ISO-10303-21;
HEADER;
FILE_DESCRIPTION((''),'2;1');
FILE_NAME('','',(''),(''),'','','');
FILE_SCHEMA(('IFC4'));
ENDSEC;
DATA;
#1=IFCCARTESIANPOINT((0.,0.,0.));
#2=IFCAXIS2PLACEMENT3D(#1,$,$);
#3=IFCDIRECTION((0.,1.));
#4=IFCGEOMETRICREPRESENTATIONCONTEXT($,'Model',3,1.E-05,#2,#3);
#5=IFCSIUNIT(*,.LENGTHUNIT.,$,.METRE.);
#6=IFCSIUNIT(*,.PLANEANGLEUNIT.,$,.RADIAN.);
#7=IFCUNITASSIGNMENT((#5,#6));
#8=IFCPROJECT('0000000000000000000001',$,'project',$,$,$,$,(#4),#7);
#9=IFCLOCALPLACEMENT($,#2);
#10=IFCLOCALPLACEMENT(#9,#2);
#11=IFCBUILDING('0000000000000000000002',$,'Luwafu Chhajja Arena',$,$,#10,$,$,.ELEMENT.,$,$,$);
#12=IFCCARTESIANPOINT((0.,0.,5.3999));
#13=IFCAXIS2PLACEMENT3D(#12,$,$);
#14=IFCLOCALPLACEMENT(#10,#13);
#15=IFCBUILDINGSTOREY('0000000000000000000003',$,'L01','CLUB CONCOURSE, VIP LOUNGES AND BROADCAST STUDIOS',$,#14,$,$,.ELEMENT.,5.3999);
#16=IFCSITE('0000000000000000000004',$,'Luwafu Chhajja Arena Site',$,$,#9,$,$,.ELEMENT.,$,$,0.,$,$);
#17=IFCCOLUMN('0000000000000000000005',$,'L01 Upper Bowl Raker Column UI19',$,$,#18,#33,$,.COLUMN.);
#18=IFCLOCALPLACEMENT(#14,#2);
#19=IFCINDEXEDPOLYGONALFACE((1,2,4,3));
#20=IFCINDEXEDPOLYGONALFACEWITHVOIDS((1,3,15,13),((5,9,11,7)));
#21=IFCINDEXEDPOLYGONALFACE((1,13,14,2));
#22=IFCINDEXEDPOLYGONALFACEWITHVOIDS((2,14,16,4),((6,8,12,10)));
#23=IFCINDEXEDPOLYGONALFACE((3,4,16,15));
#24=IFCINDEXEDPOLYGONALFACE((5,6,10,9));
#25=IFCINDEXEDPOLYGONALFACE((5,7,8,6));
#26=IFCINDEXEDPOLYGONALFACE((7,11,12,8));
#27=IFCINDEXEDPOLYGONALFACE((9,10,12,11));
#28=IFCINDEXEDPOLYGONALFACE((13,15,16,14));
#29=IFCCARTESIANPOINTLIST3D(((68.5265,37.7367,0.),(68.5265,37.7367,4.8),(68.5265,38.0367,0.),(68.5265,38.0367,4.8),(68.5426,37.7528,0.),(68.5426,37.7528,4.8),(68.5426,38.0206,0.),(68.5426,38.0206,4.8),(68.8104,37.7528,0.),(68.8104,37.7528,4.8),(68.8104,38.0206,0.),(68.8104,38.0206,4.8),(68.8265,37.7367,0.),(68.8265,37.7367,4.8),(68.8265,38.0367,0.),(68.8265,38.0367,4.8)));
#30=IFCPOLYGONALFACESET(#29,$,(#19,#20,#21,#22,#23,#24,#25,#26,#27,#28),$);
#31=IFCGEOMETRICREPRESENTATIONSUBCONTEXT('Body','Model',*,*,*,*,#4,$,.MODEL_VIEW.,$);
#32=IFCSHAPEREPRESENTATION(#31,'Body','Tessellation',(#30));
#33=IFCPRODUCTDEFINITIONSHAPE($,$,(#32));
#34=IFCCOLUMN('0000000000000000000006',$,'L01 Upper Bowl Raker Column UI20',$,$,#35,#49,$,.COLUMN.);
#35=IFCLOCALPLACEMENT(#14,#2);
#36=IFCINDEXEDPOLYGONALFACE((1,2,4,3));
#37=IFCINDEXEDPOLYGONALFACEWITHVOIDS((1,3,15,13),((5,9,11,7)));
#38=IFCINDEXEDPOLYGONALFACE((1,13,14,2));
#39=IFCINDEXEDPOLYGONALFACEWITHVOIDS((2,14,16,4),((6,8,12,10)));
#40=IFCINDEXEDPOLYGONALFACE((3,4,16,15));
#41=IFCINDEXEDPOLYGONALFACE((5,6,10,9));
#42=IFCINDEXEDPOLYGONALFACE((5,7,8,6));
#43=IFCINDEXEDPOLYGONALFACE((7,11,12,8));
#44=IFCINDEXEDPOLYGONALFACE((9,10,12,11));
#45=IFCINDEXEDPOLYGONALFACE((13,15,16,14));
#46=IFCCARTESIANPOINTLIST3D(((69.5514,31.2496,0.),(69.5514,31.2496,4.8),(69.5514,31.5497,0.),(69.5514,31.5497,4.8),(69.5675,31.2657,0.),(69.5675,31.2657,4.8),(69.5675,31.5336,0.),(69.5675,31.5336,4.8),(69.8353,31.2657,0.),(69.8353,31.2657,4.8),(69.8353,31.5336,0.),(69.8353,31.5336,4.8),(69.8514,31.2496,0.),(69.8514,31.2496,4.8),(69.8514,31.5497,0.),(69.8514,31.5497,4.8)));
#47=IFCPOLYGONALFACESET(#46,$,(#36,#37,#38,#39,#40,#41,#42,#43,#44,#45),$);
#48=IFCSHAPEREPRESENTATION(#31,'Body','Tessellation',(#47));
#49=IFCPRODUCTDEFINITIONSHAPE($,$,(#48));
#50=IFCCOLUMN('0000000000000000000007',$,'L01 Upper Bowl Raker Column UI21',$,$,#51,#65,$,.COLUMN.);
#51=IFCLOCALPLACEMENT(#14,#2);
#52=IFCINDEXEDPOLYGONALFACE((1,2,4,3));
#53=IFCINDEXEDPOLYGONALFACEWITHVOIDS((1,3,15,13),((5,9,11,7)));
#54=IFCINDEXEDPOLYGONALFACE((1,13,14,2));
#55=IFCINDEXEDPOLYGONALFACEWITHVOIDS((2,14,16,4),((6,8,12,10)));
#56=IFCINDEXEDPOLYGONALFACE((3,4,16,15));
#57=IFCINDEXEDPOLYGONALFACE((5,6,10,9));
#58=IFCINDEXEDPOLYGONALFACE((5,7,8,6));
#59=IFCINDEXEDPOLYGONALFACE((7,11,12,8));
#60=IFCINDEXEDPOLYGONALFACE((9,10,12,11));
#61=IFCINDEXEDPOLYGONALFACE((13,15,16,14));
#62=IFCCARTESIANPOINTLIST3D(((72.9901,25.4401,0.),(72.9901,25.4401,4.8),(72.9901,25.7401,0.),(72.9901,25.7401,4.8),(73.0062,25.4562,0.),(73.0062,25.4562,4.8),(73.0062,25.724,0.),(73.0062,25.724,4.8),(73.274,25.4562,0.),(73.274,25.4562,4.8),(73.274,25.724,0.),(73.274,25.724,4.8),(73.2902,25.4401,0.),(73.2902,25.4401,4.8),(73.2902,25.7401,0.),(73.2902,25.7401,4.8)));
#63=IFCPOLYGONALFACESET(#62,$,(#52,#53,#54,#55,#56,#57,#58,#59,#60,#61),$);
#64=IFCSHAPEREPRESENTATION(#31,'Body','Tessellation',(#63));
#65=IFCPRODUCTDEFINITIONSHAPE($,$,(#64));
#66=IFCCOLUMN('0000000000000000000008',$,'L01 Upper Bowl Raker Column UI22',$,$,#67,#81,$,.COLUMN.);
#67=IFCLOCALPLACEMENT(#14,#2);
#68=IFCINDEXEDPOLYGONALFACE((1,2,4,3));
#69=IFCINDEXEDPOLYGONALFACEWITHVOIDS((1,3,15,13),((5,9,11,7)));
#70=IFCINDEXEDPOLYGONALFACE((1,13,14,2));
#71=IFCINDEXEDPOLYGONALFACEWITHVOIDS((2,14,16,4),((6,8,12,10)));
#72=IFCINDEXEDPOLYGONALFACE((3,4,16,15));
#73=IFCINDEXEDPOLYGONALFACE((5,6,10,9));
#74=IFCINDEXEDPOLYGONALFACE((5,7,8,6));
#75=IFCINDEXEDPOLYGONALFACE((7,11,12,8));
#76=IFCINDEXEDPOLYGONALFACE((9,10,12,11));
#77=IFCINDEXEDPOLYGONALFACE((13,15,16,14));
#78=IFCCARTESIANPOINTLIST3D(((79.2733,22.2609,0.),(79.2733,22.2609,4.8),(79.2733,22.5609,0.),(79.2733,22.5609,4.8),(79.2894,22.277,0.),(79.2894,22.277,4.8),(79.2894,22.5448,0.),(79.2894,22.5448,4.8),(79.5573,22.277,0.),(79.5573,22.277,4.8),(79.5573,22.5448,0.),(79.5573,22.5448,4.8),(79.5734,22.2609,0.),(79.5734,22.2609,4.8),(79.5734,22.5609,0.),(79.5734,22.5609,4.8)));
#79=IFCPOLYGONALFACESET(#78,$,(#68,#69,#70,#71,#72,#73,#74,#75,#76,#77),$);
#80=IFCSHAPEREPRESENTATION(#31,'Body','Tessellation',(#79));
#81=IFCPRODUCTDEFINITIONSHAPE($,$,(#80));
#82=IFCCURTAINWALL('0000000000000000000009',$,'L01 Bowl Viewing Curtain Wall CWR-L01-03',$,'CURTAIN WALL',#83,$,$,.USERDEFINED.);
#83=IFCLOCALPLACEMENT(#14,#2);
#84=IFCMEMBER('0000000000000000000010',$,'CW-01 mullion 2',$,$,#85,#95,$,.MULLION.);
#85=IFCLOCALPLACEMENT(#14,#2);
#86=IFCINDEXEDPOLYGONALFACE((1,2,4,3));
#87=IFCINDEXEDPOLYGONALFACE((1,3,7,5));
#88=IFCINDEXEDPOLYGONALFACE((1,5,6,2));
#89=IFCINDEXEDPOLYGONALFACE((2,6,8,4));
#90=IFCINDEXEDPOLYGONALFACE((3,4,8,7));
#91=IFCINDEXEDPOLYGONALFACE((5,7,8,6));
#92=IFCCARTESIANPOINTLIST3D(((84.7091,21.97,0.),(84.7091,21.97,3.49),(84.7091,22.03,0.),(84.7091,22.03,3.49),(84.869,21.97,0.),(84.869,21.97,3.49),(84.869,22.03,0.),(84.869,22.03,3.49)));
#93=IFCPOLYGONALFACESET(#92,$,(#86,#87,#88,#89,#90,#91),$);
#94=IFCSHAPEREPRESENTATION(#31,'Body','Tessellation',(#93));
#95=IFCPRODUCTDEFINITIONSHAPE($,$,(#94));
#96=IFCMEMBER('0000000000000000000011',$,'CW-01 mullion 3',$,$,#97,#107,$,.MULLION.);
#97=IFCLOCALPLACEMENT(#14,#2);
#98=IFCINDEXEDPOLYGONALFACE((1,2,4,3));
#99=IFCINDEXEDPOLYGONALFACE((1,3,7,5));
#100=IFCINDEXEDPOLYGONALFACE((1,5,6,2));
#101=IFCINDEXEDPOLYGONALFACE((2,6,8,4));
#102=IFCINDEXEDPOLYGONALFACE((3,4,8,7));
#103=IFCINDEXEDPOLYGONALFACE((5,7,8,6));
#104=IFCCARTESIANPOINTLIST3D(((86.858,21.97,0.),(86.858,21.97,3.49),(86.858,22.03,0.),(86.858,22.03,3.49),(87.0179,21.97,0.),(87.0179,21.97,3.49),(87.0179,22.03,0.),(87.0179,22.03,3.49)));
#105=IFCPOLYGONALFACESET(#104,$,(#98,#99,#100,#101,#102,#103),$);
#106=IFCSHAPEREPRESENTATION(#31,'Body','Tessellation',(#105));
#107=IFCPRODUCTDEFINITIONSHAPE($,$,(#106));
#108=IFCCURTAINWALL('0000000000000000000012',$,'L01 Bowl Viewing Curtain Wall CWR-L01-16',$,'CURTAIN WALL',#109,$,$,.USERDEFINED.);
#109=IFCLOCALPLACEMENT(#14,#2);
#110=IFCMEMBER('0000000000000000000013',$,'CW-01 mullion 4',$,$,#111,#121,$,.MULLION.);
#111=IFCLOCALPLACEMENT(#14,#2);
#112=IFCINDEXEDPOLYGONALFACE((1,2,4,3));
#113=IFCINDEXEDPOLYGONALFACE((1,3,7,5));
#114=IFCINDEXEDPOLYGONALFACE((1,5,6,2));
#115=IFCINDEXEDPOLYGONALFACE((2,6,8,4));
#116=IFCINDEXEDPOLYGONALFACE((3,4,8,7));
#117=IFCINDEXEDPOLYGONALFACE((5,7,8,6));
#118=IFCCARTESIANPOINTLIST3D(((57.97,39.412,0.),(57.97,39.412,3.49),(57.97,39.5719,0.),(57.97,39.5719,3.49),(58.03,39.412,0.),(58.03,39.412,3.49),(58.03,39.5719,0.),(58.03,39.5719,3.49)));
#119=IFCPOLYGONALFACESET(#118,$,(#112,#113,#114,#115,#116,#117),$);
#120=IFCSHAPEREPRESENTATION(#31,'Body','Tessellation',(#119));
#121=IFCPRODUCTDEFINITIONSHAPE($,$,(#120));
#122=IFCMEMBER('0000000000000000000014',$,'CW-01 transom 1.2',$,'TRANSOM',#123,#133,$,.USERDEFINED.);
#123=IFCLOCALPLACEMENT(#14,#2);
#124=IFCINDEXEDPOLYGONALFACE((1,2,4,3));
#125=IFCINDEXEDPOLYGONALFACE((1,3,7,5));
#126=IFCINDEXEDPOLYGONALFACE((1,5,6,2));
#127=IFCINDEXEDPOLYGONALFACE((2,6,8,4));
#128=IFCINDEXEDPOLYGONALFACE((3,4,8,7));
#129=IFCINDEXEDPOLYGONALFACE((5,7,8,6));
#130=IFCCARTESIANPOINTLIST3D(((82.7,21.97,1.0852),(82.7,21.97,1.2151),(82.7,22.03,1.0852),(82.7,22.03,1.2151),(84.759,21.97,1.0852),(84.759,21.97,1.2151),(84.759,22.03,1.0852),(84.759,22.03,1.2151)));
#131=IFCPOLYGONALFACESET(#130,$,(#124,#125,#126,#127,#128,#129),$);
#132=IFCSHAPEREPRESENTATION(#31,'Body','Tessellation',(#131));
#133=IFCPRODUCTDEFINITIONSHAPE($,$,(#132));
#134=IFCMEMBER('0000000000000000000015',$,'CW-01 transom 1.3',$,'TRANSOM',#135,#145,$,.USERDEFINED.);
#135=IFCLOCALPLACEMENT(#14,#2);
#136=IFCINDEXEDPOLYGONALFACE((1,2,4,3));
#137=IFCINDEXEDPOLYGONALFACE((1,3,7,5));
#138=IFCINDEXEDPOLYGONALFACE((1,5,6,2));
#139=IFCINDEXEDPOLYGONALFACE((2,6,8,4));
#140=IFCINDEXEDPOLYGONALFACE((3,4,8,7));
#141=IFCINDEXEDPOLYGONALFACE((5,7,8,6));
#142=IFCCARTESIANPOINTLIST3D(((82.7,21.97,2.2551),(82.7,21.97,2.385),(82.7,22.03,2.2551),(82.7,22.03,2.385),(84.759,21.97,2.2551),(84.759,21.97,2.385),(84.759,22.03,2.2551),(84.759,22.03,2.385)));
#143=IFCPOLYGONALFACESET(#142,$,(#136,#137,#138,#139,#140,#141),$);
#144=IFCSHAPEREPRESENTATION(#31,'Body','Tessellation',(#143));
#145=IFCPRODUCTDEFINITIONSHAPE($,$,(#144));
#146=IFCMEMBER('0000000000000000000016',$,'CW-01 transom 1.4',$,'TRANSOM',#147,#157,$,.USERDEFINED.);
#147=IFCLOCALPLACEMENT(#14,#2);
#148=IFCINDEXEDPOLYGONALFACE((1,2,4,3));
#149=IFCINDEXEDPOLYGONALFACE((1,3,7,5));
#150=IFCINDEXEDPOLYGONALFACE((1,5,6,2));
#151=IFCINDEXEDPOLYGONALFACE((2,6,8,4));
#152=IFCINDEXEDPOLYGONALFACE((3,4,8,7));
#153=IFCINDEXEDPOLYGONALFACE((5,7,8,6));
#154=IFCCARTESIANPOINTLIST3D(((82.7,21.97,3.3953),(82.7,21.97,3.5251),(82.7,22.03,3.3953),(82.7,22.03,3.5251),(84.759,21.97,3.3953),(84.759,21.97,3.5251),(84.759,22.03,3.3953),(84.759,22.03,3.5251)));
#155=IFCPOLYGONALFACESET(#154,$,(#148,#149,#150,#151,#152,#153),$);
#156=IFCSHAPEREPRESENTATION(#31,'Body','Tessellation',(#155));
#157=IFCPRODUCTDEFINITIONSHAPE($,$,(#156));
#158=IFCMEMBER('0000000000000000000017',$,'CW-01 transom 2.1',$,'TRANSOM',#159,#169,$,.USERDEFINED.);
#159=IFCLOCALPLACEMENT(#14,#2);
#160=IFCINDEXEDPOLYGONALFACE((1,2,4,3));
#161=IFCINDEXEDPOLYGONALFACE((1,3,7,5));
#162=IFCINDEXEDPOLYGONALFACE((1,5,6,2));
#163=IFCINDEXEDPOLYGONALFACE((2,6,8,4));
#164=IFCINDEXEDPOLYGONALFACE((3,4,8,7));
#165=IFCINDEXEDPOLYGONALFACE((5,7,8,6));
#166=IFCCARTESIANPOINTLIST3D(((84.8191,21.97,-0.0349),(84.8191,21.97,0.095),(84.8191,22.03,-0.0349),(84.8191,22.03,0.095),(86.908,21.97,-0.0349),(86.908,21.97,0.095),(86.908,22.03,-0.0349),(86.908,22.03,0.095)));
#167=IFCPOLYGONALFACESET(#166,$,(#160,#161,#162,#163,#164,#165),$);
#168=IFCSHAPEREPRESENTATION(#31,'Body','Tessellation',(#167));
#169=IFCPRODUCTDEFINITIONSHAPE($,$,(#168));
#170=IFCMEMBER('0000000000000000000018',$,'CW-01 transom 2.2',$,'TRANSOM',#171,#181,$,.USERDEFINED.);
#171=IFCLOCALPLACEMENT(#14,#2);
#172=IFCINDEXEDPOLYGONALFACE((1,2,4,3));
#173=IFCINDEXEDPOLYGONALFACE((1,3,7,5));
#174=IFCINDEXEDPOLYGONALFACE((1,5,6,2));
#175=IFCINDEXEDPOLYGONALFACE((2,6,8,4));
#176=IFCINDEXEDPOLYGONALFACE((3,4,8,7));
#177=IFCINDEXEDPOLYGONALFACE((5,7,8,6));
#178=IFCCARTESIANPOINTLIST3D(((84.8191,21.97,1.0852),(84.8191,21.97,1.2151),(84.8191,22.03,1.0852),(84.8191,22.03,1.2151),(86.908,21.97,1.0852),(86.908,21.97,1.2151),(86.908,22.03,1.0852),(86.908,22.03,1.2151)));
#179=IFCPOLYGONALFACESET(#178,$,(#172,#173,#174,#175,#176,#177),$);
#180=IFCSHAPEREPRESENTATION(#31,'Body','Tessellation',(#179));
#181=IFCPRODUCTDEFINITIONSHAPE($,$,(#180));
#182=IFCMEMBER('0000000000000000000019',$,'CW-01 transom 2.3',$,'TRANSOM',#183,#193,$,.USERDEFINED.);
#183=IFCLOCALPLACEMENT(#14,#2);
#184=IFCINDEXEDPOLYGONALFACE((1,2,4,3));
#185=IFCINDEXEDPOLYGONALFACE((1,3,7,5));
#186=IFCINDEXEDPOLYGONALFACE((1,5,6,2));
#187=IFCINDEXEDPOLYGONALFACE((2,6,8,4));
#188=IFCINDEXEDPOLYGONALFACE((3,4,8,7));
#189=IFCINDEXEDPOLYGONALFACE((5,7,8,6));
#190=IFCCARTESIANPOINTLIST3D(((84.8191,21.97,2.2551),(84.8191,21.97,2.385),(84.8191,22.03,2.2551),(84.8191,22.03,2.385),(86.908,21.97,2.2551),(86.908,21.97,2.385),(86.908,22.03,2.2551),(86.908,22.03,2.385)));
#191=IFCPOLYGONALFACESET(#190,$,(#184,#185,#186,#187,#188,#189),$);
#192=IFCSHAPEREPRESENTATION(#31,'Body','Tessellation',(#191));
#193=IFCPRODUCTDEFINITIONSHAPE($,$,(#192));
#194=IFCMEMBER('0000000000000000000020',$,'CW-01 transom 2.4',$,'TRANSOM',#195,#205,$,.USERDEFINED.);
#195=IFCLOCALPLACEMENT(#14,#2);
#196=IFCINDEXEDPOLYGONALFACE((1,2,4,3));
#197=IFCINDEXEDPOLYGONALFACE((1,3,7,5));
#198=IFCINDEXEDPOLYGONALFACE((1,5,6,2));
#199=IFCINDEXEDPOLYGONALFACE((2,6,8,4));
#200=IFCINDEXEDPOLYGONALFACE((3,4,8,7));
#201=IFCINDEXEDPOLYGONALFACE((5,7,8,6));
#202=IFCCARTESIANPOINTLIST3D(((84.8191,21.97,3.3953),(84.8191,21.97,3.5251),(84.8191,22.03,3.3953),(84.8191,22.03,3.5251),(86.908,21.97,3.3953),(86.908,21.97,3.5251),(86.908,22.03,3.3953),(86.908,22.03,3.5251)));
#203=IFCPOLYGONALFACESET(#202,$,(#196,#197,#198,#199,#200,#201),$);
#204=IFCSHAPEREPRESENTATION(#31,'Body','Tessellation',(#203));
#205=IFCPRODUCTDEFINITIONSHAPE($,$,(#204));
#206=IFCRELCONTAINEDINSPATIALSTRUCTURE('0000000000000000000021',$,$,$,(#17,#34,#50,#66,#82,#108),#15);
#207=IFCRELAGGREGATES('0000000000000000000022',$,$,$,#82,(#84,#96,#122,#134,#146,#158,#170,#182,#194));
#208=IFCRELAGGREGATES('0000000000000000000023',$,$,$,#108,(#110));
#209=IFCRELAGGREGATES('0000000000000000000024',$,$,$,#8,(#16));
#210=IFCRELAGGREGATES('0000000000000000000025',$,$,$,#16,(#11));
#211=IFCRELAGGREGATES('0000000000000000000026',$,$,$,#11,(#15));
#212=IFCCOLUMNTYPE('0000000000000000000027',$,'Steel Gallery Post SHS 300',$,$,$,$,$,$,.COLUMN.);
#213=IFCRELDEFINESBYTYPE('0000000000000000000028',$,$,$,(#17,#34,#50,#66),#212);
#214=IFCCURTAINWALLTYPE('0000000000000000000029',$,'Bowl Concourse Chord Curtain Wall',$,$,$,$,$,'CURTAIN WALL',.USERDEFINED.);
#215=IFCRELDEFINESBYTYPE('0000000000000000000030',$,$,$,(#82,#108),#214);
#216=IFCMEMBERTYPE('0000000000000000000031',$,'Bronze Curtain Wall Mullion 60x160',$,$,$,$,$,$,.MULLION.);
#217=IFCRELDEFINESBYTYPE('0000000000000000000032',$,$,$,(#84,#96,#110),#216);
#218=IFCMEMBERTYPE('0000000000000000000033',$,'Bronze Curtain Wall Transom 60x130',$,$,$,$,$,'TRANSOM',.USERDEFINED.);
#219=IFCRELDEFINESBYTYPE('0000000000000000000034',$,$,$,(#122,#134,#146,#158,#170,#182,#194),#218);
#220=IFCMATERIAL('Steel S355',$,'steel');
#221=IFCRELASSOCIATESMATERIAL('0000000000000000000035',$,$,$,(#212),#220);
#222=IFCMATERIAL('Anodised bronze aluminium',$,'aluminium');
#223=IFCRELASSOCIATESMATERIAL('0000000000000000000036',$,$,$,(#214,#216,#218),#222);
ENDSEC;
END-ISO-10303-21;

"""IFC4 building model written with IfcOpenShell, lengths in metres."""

from ifc_helpers import new_model, si_unit, direction, frame, origin, origin_2d, place, context, subcontext, project, spatial, rectangle, hollow_rectangle, extrude, material, material_profile, profile_set, type_object, element, aggregate, save


model = new_model("IFC4")

# Units and contexts
model_context = context("Model", 3, precision=1e-05, world=origin(), true_north=direction((0.0, 1.0)))
body_context = subcontext(model_context, "Body", "Model", "MODEL_VIEW")
ifc_project = project(units=[si_unit("LENGTHUNIT", "METRE"), si_unit("PLANEANGLEUNIT", "RADIAN")], contexts=[model_context])

# Site, building, storey
site_placement = place(None, origin())
site = spatial("IfcSite", under=ifc_project, at=site_placement, Name="Luwafu Chhajja Arena Site", CompositionType="ELEMENT", RefElevation=0.0)
building_placement = place(site_placement, origin())
building = spatial("IfcBuilding", under=site, at=building_placement, Name="Luwafu Chhajja Arena", CompositionType="ELEMENT")
storey_placement = place(building_placement, frame((0.0, 0.0, 5.3999)))
storey = spatial("IfcBuildingStorey", under=building, at=storey_placement, Name="L01", Description="CLUB CONCOURSE, VIP LOUNGES AND BROADCAST STUDIOS", CompositionType="ELEMENT", Elevation=5.3999)

# Columns
ifc_material_1 = material(Name="Steel S355", Category="steel")
ifc_material_profile_1 = material_profile(ifc_material_1, hollow_rectangle(XDim=0.3, YDim=0.3, WallThickness=0.0161, at=origin_2d()), Name="SHS 300x300x16")
ifc_profile_set_1 = profile_set([ifc_material_profile_1], Name="Steel S355")
column_type = type_object("IfcColumnType", Name="Steel Gallery Post SHS 300", PredefinedType="COLUMN", material=ifc_profile_set_1)
for number, where, z_axis, x_axis, name in (
    (1, (68.6765, 37.8867, 0.0), (0.0, 0.0, 1.0), (1.0, 0.0, 0.0), "L01 Upper Bowl Raker Column UI19"),
    (2, (69.7014, 31.3997, 0.0), (0.0, 0.0, 1.0), (1.0, 0.0, 0.0), "L01 Upper Bowl Raker Column UI20"),
    (3, (73.1401, 25.5901, 0.0), (0.0, 0.0, 1.0), (1.0, 0.0, 0.0), "L01 Upper Bowl Raker Column UI21"),
    (4, (79.4233, 22.4109, 0.0), (0.0, 0.0, 1.0), (1.0, 0.0, 0.0), "L01 Upper Bowl Raker Column UI22"),
):
    element("IfcColumn", number, at=place(storey_placement, frame(where, z_axis=z_axis, x_axis=x_axis)), inside=storey, type_object=column_type, Name=name, PredefinedType="COLUMN", context=body_context, shape_type="SweptSolid", body=[
        extrude(hollow_rectangle(XDim=0.3, YDim=0.3, WallThickness=0.0161, at=origin_2d()), origin(), (0.0, 0.0, 1.0), 4.8),
    ])

# Curtain wall, members
ifc_material_2 = material(Name="Anodised bronze aluminium", Category="aluminium")
curtain_wall_type = type_object("IfcCurtainWallType", Name="Bowl Concourse Chord Curtain Wall", ElementType="CURTAIN WALL", PredefinedType="USERDEFINED", material=ifc_material_2)
curtain_wall_1_placement = place(storey_placement, origin())
curtain_wall_1 = element("IfcCurtainWall", 5, at=curtain_wall_1_placement, inside=storey, type_object=curtain_wall_type, Name="L01 Bowl Viewing Curtain Wall CWR-L01-03", ObjectType="CURTAIN WALL", PredefinedType="USERDEFINED")
ifc_material_profile_2 = material_profile(ifc_material_2, rectangle(XDim=0.0601, YDim=0.1599, at=origin_2d()), Name="CWM 60x160")
ifc_profile_set_2 = profile_set([ifc_material_profile_2], Name="Anodised bronze aluminium")
member_type_1 = type_object("IfcMemberType", Name="Bronze Curtain Wall Mullion 60x160", PredefinedType="MULLION", material=ifc_profile_set_2)
member_1_placement = place(storey_placement, frame((84.7891, 22.0, 0.0), z_axis=(0.0, 0.0, 1.0), x_axis=(0.0, 1.0, 0.0)))
member_1 = element("IfcMember", 6, at=member_1_placement, type_object=member_type_1, Name="CW-01 mullion 2", PredefinedType="MULLION", context=body_context, shape_type="SweptSolid", body=[
    extrude(rectangle(XDim=0.0601, YDim=0.1599, at=origin_2d()), origin(), (0.0, 0.0, 1.0), 3.49),
])
member_2_placement = place(storey_placement, frame((86.938, 22.0, 0.0), z_axis=(0.0, 0.0, 1.0), x_axis=(0.0, 1.0, 0.0)))
member_2 = element("IfcMember", 7, at=member_2_placement, type_object=member_type_1, Name="CW-01 mullion 3", PredefinedType="MULLION", context=body_context, shape_type="SweptSolid", body=[
    extrude(rectangle(XDim=0.0601, YDim=0.1599, at=origin_2d()), origin(), (0.0, 0.0, 1.0), 3.49),
])

# Curtain wall, member
curtain_wall_2_placement = place(storey_placement, origin())
curtain_wall_2 = element("IfcCurtainWall", 8, at=curtain_wall_2_placement, inside=storey, type_object=curtain_wall_type, Name="L01 Bowl Viewing Curtain Wall CWR-L01-16", ObjectType="CURTAIN WALL", PredefinedType="USERDEFINED")
member_3_placement = place(storey_placement, frame((58.0, 39.4919, 0.0), z_axis=(0.0, 0.0, 1.0), x_axis=(-1.0, 0.0, 0.0)))
member_3 = element("IfcMember", 9, at=member_3_placement, type_object=member_type_1, Name="CW-01 mullion 4", PredefinedType="MULLION", context=body_context, shape_type="SweptSolid", body=[
    extrude(rectangle(XDim=0.0601, YDim=0.1599, at=origin_2d()), origin(), (0.0, 0.0, 1.0), 3.49),
])

# Members
ifc_material_profile_3 = material_profile(ifc_material_2, rectangle(XDim=0.0601, YDim=0.1299, at=origin_2d()), Name="CWT 60x130")
ifc_profile_set_3 = profile_set([ifc_material_profile_3], Name="Anodised bronze aluminium")
member_type_2 = type_object("IfcMemberType", Name="Bronze Curtain Wall Transom 60x130", ElementType="TRANSOM", PredefinedType="USERDEFINED", material=ifc_profile_set_3)
member_4_placement = place(storey_placement, frame((82.7, 22.0, 1.1501), z_axis=(1.0, 0.0, 0.0), x_axis=(0.0, 1.0, 0.0)))
member_4 = element("IfcMember", 10, at=member_4_placement, type_object=member_type_2, Name="CW-01 transom 1.2", ObjectType="TRANSOM", PredefinedType="USERDEFINED", context=body_context, shape_type="SweptSolid", body=[
    extrude(rectangle(XDim=0.0601, YDim=0.1299, at=origin_2d()), origin(), (0.0, 0.0, 1.0), 2.0591),
])
member_5_placement = place(storey_placement, frame((82.7, 22.0, 2.3201), z_axis=(1.0, 0.0, 0.0), x_axis=(0.0, 1.0, 0.0)))
member_5 = element("IfcMember", 11, at=member_5_placement, type_object=member_type_2, Name="CW-01 transom 1.3", ObjectType="TRANSOM", PredefinedType="USERDEFINED", context=body_context, shape_type="SweptSolid", body=[
    extrude(rectangle(XDim=0.0601, YDim=0.1299, at=origin_2d()), origin(), (0.0, 0.0, 1.0), 2.0591),
])
member_6_placement = place(storey_placement, frame((82.7, 22.0, 3.4602), z_axis=(1.0, 0.0, 0.0), x_axis=(0.0, 1.0, 0.0)))
member_6 = element("IfcMember", 12, at=member_6_placement, type_object=member_type_2, Name="CW-01 transom 1.4", ObjectType="TRANSOM", PredefinedType="USERDEFINED", context=body_context, shape_type="SweptSolid", body=[
    extrude(rectangle(XDim=0.0601, YDim=0.1299, at=origin_2d()), origin(), (0.0, 0.0, 1.0), 2.0591),
])
member_7_placement = place(storey_placement, frame((84.8191, 22.0, 0.03), z_axis=(1.0, 0.0, 0.0), x_axis=(0.0, 1.0, 0.0)))
member_7 = element("IfcMember", 13, at=member_7_placement, type_object=member_type_2, Name="CW-01 transom 2.1", ObjectType="TRANSOM", PredefinedType="USERDEFINED", context=body_context, shape_type="SweptSolid", body=[
    extrude(rectangle(XDim=0.0601, YDim=0.1299, at=origin_2d()), origin(), (0.0, 0.0, 1.0), 2.0889),
])
member_8_placement = place(storey_placement, frame((84.8191, 22.0, 1.1501), z_axis=(1.0, 0.0, 0.0), x_axis=(0.0, 1.0, 0.0)))
member_8 = element("IfcMember", 14, at=member_8_placement, type_object=member_type_2, Name="CW-01 transom 2.2", ObjectType="TRANSOM", PredefinedType="USERDEFINED", context=body_context, shape_type="SweptSolid", body=[
    extrude(rectangle(XDim=0.0601, YDim=0.1299, at=origin_2d()), origin(), (0.0, 0.0, 1.0), 2.0889),
])
member_9_placement = place(storey_placement, frame((84.8191, 22.0, 2.3201), z_axis=(1.0, 0.0, 0.0), x_axis=(0.0, 1.0, 0.0)))
member_9 = element("IfcMember", 15, at=member_9_placement, type_object=member_type_2, Name="CW-01 transom 2.3", ObjectType="TRANSOM", PredefinedType="USERDEFINED", context=body_context, shape_type="SweptSolid", body=[
    extrude(rectangle(XDim=0.0601, YDim=0.1299, at=origin_2d()), origin(), (0.0, 0.0, 1.0), 2.0889),
])
member_10_placement = place(storey_placement, frame((84.8191, 22.0, 3.4602), z_axis=(1.0, 0.0, 0.0), x_axis=(0.0, 1.0, 0.0)))
member_10 = element("IfcMember", 16, at=member_10_placement, type_object=member_type_2, Name="CW-01 transom 2.4", ObjectType="TRANSOM", PredefinedType="USERDEFINED", context=body_context, shape_type="SweptSolid", body=[
    extrude(rectangle(XDim=0.0601, YDim=0.1299, at=origin_2d()), origin(), (0.0, 0.0, 1.0), 2.0889),
])

aggregate(curtain_wall_1, [member_1, member_2, member_4, member_5, member_6, member_7, member_8, member_9, member_10])
aggregate(curtain_wall_2, [member_3])

save(model, "model.ifc")
